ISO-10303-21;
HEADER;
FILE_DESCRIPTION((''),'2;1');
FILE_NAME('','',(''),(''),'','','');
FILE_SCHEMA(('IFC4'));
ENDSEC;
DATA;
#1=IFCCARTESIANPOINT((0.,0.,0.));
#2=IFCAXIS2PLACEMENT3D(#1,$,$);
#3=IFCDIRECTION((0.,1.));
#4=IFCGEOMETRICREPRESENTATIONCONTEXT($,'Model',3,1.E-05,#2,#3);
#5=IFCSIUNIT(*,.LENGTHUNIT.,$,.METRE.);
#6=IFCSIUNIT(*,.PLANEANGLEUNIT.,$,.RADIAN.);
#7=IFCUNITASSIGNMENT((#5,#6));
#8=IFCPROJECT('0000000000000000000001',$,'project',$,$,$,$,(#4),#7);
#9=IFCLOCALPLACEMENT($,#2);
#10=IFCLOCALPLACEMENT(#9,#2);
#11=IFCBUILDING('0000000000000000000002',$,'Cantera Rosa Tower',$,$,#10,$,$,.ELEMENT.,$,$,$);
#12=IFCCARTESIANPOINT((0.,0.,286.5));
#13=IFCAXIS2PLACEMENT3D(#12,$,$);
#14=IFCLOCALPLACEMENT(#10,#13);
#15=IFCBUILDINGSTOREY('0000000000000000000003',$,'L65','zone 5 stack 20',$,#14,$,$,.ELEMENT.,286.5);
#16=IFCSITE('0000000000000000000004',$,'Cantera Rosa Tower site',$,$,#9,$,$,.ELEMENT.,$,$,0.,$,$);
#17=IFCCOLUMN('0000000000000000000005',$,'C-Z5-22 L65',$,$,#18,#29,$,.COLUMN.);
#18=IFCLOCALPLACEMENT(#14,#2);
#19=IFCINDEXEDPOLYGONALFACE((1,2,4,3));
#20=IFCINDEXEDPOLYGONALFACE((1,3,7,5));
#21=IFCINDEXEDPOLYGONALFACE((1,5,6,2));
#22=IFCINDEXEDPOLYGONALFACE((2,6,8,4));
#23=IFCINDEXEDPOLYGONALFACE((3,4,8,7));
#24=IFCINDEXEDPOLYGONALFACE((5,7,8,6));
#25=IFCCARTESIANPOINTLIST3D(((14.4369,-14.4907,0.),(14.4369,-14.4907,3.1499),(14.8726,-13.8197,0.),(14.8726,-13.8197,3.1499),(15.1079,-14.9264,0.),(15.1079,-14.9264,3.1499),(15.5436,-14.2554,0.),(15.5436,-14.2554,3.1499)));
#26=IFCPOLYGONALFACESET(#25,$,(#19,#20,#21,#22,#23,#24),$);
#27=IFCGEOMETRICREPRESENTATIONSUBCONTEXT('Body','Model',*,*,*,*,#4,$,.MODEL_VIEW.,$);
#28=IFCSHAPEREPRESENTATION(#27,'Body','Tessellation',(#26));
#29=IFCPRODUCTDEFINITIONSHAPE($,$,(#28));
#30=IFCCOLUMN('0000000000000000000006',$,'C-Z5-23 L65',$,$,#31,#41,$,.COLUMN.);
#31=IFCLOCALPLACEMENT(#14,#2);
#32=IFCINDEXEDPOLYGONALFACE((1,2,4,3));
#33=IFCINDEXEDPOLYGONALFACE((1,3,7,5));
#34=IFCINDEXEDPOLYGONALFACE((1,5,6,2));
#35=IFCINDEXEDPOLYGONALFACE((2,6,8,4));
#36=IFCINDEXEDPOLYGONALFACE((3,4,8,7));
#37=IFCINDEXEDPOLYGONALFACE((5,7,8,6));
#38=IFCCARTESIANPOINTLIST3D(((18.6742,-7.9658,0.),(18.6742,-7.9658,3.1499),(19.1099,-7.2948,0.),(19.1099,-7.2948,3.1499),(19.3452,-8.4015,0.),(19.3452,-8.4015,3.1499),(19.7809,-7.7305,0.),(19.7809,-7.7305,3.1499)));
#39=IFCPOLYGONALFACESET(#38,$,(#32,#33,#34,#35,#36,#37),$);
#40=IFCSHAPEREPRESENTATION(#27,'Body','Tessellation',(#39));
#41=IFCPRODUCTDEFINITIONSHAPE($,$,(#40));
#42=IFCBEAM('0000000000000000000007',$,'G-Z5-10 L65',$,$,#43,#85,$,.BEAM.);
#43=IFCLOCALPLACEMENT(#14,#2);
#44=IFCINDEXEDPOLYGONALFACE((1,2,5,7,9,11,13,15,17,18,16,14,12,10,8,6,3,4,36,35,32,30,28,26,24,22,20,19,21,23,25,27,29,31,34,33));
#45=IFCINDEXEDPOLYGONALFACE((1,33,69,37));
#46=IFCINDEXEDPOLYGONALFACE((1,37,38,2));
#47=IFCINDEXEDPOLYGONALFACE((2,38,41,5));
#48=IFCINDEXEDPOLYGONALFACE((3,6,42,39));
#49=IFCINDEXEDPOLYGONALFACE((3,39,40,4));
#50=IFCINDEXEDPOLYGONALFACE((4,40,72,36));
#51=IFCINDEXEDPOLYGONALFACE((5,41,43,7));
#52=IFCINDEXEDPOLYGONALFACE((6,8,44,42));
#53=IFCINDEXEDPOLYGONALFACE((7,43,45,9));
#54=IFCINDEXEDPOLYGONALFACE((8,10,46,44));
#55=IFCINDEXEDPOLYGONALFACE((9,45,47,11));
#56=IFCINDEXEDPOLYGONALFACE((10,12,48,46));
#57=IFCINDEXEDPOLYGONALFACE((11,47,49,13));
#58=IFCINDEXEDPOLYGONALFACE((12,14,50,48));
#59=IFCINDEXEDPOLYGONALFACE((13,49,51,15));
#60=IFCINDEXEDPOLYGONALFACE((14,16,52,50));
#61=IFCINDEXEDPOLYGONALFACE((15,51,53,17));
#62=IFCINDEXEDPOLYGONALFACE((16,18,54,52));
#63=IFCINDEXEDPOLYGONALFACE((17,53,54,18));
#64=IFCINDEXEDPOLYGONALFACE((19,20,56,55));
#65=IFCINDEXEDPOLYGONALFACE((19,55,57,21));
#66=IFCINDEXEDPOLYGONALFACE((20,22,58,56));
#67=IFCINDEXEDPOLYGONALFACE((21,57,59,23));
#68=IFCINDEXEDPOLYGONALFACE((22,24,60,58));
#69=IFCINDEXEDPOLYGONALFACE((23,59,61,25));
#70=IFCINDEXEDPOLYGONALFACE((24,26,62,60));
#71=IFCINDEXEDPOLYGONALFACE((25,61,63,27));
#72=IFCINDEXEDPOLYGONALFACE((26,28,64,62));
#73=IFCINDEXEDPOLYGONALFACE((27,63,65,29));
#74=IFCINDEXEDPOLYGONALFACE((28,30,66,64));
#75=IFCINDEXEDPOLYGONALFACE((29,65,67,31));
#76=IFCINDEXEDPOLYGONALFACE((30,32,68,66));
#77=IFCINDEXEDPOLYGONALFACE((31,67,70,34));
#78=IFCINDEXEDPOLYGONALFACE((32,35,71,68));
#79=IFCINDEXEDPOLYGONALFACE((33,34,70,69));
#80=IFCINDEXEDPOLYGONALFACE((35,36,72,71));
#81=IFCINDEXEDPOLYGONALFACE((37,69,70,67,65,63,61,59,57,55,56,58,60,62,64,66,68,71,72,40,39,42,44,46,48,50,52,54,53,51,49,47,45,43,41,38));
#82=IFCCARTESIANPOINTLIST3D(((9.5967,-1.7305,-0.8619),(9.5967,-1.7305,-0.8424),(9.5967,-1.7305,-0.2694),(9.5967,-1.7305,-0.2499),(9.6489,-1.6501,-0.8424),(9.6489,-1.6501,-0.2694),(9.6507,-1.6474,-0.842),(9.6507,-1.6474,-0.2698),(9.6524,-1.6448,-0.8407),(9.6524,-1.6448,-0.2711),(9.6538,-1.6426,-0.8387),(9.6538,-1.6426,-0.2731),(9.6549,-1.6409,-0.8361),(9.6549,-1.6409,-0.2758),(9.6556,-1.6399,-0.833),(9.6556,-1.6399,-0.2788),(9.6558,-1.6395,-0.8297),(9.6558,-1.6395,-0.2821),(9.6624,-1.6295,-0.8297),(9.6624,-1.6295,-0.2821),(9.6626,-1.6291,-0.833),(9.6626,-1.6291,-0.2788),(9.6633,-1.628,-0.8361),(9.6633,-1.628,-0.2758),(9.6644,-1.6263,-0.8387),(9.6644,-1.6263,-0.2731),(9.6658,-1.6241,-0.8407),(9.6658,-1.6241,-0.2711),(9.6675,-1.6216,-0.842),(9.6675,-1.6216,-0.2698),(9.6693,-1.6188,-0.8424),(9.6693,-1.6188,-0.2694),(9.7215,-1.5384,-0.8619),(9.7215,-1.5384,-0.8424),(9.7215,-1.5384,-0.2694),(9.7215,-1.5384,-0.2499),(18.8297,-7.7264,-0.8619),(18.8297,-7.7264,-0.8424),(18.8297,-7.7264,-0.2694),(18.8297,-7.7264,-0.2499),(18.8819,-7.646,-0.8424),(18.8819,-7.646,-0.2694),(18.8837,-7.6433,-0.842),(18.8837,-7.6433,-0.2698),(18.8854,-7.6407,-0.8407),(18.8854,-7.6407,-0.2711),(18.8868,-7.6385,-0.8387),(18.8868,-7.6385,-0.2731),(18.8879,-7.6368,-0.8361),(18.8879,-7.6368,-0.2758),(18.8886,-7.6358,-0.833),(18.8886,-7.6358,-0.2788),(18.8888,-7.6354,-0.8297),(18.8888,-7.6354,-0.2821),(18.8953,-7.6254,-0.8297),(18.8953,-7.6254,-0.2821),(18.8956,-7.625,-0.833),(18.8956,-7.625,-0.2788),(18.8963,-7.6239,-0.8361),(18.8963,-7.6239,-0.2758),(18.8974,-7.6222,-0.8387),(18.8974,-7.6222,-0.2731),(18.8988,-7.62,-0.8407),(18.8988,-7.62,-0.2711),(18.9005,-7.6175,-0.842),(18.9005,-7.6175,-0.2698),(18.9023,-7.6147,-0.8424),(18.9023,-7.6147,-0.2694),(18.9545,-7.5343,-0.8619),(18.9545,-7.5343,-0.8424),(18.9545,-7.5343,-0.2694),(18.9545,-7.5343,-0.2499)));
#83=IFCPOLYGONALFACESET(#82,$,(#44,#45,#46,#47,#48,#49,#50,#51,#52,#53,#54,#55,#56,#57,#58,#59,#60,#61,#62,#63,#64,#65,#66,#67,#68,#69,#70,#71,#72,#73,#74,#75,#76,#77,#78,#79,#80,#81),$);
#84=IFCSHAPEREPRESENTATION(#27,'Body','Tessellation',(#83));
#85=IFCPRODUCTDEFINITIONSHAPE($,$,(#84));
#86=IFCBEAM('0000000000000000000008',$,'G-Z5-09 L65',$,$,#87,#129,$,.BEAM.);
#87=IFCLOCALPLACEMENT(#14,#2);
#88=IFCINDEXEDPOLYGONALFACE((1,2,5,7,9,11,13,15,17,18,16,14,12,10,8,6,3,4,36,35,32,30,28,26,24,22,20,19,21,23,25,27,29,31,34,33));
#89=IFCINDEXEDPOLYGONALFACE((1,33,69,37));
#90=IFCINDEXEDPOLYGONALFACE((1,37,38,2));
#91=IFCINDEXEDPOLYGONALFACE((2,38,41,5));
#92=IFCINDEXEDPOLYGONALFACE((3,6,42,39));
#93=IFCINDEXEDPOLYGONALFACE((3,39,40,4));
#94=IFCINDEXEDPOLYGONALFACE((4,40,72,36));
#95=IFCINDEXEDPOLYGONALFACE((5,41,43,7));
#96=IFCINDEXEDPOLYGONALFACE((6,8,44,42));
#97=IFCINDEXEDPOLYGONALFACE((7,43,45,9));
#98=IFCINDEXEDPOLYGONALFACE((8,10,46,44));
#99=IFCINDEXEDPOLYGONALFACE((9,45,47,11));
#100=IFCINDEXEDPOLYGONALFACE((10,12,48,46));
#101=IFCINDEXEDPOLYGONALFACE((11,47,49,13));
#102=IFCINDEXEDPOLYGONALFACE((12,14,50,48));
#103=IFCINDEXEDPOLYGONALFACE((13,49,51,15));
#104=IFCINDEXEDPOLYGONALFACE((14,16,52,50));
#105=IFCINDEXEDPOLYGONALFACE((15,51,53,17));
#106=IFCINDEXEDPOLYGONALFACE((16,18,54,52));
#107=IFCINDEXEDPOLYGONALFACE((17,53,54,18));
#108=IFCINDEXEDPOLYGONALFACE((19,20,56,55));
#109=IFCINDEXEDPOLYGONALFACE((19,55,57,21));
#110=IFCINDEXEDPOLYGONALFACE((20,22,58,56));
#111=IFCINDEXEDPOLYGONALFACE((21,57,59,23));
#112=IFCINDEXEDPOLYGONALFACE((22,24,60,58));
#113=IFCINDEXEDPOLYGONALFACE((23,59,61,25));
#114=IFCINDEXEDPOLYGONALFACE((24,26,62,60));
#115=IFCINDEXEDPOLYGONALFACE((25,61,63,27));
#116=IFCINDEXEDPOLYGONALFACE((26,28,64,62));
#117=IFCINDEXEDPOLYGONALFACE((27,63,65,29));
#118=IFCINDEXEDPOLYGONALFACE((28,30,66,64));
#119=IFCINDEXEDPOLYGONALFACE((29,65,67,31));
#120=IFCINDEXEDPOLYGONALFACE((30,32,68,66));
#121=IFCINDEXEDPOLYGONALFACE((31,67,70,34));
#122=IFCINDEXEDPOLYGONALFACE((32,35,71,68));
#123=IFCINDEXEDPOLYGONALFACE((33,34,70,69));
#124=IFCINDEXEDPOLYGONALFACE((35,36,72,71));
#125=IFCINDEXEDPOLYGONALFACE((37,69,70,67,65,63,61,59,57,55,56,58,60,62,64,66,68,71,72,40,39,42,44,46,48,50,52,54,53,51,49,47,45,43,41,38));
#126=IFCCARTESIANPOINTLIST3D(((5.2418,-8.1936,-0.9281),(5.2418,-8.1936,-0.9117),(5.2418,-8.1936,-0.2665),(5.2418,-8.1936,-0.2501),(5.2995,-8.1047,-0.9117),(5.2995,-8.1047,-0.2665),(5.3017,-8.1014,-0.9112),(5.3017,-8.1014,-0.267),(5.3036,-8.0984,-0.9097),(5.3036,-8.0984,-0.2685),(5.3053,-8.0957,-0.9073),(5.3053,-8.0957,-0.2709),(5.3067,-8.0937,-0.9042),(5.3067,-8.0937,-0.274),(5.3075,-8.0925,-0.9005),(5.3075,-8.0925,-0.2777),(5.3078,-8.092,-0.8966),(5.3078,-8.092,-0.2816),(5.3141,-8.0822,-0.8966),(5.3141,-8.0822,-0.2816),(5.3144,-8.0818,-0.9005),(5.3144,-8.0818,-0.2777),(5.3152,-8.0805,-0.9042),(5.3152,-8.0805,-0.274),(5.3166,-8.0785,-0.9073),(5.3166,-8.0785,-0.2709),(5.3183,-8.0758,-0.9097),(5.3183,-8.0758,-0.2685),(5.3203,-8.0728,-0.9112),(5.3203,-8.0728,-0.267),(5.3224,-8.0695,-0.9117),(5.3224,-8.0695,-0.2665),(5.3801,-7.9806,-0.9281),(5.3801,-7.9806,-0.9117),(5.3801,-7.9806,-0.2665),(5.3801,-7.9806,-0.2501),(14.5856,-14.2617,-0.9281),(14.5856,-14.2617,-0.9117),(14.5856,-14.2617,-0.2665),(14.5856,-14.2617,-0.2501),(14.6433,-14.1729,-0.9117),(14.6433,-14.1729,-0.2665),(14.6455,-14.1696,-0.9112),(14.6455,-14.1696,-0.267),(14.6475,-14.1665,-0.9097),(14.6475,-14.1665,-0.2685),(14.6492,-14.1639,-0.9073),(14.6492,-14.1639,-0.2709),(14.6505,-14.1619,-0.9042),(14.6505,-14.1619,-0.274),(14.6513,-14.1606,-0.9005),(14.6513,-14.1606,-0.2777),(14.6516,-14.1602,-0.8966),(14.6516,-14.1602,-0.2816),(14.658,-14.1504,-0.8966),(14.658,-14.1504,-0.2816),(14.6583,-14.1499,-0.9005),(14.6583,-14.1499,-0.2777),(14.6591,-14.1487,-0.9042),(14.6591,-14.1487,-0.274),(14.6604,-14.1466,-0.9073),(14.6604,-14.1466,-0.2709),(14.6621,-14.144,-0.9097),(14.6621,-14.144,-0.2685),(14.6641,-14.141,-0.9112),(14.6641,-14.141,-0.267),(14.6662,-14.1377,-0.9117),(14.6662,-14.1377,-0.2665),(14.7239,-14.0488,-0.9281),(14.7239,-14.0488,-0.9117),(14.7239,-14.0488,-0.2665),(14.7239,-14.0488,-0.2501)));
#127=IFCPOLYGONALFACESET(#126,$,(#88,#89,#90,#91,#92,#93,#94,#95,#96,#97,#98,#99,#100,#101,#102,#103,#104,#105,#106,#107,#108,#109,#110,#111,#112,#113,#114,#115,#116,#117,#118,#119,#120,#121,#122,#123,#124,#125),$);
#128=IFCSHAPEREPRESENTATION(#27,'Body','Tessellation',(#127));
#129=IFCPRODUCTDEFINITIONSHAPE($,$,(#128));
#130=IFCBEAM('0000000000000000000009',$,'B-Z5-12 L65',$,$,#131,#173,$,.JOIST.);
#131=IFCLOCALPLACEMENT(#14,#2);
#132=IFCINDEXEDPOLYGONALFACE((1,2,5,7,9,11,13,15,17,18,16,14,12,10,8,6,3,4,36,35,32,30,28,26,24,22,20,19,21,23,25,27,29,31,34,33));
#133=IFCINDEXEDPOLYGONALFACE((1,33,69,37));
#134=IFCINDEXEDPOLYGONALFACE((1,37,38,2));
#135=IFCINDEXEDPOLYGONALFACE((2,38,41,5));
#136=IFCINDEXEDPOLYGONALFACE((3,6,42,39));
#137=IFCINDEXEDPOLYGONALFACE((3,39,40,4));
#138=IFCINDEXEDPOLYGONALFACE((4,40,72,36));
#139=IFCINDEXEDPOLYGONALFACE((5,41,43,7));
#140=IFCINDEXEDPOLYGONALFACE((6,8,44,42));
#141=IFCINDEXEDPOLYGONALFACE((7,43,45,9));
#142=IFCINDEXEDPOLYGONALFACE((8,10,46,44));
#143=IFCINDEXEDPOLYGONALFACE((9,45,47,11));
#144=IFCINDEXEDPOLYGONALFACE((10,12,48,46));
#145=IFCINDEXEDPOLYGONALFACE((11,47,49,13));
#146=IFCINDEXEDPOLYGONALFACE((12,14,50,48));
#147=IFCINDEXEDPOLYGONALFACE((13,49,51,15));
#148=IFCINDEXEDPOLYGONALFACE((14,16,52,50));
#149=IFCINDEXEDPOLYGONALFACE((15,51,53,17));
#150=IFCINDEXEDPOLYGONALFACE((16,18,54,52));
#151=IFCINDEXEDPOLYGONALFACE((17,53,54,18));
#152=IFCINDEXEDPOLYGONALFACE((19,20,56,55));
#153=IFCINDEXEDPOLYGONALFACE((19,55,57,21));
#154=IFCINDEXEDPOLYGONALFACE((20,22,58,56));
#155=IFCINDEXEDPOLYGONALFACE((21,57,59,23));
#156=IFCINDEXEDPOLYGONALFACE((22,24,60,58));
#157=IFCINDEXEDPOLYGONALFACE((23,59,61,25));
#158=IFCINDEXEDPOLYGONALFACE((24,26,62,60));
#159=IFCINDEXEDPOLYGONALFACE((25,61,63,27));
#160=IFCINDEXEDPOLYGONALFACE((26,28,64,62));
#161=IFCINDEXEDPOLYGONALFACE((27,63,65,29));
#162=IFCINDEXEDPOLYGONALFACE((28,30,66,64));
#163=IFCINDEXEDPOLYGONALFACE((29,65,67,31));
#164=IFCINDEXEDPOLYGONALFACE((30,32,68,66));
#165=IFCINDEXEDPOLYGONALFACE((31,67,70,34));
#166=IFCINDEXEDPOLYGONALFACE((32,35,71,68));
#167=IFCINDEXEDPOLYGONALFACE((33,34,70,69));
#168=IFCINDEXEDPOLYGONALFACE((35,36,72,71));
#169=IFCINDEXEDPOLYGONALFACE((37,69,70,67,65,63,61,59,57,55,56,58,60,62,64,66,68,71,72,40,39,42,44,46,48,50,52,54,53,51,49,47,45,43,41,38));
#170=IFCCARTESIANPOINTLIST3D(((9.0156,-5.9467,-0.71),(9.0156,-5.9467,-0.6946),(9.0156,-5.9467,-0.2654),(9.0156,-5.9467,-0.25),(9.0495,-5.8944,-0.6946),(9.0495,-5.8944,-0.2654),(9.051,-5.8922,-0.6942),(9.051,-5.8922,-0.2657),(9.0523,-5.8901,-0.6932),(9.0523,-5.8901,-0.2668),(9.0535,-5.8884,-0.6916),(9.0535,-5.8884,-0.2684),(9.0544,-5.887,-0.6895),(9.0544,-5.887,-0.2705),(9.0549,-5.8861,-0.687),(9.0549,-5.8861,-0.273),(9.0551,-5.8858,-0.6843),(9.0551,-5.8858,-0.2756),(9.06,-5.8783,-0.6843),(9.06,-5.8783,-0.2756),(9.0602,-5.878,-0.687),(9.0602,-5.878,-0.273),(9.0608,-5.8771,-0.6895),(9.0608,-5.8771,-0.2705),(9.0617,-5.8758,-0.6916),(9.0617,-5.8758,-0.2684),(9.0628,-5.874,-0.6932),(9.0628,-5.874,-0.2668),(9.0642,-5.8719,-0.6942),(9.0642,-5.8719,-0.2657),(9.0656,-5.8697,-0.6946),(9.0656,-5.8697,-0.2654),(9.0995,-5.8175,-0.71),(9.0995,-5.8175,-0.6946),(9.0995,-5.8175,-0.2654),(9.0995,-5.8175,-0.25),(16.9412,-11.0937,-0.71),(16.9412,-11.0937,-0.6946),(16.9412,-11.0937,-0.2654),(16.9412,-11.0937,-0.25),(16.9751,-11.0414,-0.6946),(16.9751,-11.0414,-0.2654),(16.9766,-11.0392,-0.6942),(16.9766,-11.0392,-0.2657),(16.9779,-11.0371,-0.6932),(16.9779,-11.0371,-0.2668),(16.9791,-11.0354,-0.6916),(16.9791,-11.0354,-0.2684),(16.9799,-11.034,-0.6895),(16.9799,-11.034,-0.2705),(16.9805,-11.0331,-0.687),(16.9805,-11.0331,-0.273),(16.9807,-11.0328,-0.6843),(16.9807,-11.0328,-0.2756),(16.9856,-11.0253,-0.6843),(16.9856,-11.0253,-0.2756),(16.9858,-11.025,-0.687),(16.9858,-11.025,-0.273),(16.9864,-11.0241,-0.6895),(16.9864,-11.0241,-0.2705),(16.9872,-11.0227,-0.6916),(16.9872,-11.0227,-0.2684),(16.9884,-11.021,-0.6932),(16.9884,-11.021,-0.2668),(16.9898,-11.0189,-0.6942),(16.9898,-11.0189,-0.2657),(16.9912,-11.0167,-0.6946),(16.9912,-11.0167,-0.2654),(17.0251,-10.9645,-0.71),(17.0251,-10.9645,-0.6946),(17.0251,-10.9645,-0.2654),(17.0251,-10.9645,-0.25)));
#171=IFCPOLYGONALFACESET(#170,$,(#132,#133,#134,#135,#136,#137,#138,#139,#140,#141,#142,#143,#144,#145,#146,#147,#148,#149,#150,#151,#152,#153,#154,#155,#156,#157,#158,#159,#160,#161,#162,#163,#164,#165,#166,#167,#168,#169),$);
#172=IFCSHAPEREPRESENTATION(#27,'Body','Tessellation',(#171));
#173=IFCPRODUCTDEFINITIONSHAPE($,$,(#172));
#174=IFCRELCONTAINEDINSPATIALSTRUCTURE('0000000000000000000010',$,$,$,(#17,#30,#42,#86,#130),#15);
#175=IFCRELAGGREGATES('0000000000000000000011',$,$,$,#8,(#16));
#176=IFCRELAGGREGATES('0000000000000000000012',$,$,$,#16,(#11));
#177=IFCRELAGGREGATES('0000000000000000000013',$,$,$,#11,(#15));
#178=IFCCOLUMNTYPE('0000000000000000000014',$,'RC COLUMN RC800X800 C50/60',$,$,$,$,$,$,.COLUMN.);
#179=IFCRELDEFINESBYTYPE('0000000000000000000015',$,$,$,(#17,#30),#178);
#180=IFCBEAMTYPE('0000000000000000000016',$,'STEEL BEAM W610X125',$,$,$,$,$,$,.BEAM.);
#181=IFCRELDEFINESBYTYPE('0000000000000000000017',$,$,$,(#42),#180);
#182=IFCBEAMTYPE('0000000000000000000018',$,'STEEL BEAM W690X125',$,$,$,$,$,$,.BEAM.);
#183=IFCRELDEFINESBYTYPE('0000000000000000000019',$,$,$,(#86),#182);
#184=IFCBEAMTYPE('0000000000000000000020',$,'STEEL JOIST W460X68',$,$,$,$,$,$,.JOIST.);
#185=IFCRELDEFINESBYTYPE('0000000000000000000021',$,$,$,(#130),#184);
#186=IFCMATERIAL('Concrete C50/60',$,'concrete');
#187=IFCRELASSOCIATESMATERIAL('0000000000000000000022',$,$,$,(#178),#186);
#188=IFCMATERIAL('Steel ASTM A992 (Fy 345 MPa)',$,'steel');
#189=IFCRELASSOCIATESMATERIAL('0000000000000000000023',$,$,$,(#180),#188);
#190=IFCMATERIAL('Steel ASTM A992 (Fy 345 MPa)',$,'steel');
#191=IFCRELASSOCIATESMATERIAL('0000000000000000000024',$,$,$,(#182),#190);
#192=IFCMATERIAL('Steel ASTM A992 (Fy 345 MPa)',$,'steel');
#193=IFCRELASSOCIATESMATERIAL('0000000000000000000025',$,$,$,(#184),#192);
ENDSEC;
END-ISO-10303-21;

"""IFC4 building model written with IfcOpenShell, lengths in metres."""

from ifc_helpers import new_model, si_unit, direction, frame, origin, origin_2d, place, context, subcontext, project, spatial, rectangle, i_section, extrude, material, material_profile, profile_set, type_object, element, save


model = new_model("IFC4")

# Units and contexts
model_context = context("Model", 3, precision=1e-05, world=origin(), true_north=direction((0.0, 1.0)))
body_context = subcontext(model_context, "Body", "Model", "MODEL_VIEW")
ifc_project = project(units=[si_unit("LENGTHUNIT", "METRE"), si_unit("PLANEANGLEUNIT", "RADIAN")], contexts=[model_context])

# Site, building, storey
site_placement = place(None, origin())
site = spatial("IfcSite", under=ifc_project, at=site_placement, Name="Cantera Rosa Tower site", CompositionType="ELEMENT", RefElevation=0.0)
building_placement = place(site_placement, origin())
building = spatial("IfcBuilding", under=site, at=building_placement, Name="Cantera Rosa Tower", CompositionType="ELEMENT")
storey_placement = place(building_placement, frame((0.0, 0.0, 286.5)))
storey = spatial("IfcBuildingStorey", under=building, at=storey_placement, Name="L65", Description="zone 5 stack 20", CompositionType="ELEMENT", Elevation=286.5)

# Columns
ifc_material_1 = material(Name="Concrete C50/60", Category="concrete")
ifc_material_profile_1 = material_profile(ifc_material_1, rectangle(XDim=0.8, YDim=0.8, at=origin_2d()), Name="RC COLUMN RC800X800 C50/60")
ifc_profile_set_1 = profile_set([ifc_material_profile_1], Name="Concrete C50/60")
column_type = type_object("IfcColumnType", Name="RC COLUMN RC800X800 C50/60", PredefinedType="COLUMN", material=ifc_profile_set_1)
for number, where, z_axis, x_axis, name in (
    (1, (14.9902, -14.373, 0.0), (0.0, 0.0, 1.0), (0.544639, 0.838671, 0.0), "C-Z5-22 L65"),
    (2, (19.2275, -7.8481, 0.0), (0.0, 0.0, 1.0), (0.544639, 0.838671, 0.0), "C-Z5-23 L65"),
):
    element("IfcColumn", number, at=place(storey_placement, frame(where, z_axis=z_axis, x_axis=x_axis)), inside=storey, type_object=column_type, Name=name, PredefinedType="COLUMN", context=body_context, shape_type="SweptSolid", body=[
        extrude(rectangle(XDim=0.8, YDim=0.8, at=origin_2d()), origin(), (0.0, 0.0, 1.0), 3.1499),
    ])

# Beams
ifc_material_2 = material(Name="Steel ASTM A992 (Fy 345 MPa)", Category="steel")
ifc_material_profile_2 = material_profile(ifc_material_2, i_section(OverallWidth=0.229, OverallDepth=0.6121, WebThickness=0.012, FlangeThickness=0.0195, FilletRadius=0.0127, at=origin_2d()), Name="W610X125")
ifc_profile_set_2 = profile_set([ifc_material_profile_2], Name="Steel ASTM A992 (Fy 345 MPa)")
beam_type_1 = type_object("IfcBeamType", Name="STEEL BEAM W610X125", PredefinedType="BEAM", material=ifc_profile_set_2)
beam_1_placement = place(storey_placement, frame((18.8921, -7.6304, -0.5559), z_axis=(-0.838674, 0.544634, 0.0), x_axis=(-0.544634, -0.838674, 0.0)))
element("IfcBeam", 3, at=beam_1_placement, inside=storey, type_object=beam_type_1, Name="G-Z5-10 L65", PredefinedType="BEAM", context=body_context, shape_type="SweptSolid", body=[
    extrude(i_section(OverallWidth=0.229, OverallDepth=0.6121, WebThickness=0.012, FlangeThickness=0.0195, FilletRadius=0.0127, at=origin_2d()), origin(), (0.0, 0.0, 1.0), 11.009),
])
ifc_material_3 = material(Name="Steel ASTM A992 (Fy 345 MPa)", Category="steel")
ifc_material_profile_3 = material_profile(ifc_material_3, i_section(OverallWidth=0.2539, OverallDepth=0.678, WebThickness=0.0117, FlangeThickness=0.0164, FilletRadius=0.0151, at=origin_2d()), Name="W690X125")
ifc_profile_set_3 = profile_set([ifc_material_profile_3], Name="Steel ASTM A992 (Fy 345 MPa)")
beam_type_2 = type_object("IfcBeamType", Name="STEEL BEAM W690X125", PredefinedType="BEAM", material=ifc_profile_set_3)
beam_2_placement = place(storey_placement, frame((14.6548, -14.1553, -0.5891), z_axis=(-0.838662, 0.544652, 0.0), x_axis=(-0.544652, -0.838662, 0.0)))
element("IfcBeam", 4, at=beam_2_placement, inside=storey, type_object=beam_type_2, Name="G-Z5-09 L65", PredefinedType="BEAM", context=body_context, shape_type="SweptSolid", body=[
    extrude(i_section(OverallWidth=0.2539, OverallDepth=0.678, WebThickness=0.0117, FlangeThickness=0.0164, FilletRadius=0.0151, at=origin_2d()), origin(), (0.0, 0.0, 1.0), 11.1414),
])
ifc_material_4 = material(Name="Steel ASTM A992 (Fy 345 MPa)", Category="steel")
ifc_material_profile_4 = material_profile(ifc_material_4, i_section(OverallWidth=0.1541, OverallDepth=0.46, WebThickness=0.009, FlangeThickness=0.0154, FilletRadius=0.0103, at=origin_2d()), Name="W460X68")
ifc_profile_set_4 = profile_set([ifc_material_profile_4], Name="Steel ASTM A992 (Fy 345 MPa)")
beam_type_3 = type_object("IfcBeamType", Name="STEEL JOIST W460X68", PredefinedType="JOIST", material=ifc_profile_set_4)
beam_3_placement = place(storey_placement, frame((16.9832, -11.0291, -0.48), z_axis=(-0.838667, 0.544644, 0.0), x_axis=(-0.544644, -0.838667, 0.0)))
element("IfcBeam", 5, at=beam_3_placement, inside=storey, type_object=beam_type_3, Name="B-Z5-12 L65", PredefinedType="JOIST", context=body_context, shape_type="SweptSolid", body=[
    extrude(i_section(OverallWidth=0.1541, OverallDepth=0.46, WebThickness=0.009, FlangeThickness=0.0154, FilletRadius=0.0103, at=origin_2d()), origin(), (0.0, 0.0, 1.0), 9.4502),
])

save(model, "model.ifc")
